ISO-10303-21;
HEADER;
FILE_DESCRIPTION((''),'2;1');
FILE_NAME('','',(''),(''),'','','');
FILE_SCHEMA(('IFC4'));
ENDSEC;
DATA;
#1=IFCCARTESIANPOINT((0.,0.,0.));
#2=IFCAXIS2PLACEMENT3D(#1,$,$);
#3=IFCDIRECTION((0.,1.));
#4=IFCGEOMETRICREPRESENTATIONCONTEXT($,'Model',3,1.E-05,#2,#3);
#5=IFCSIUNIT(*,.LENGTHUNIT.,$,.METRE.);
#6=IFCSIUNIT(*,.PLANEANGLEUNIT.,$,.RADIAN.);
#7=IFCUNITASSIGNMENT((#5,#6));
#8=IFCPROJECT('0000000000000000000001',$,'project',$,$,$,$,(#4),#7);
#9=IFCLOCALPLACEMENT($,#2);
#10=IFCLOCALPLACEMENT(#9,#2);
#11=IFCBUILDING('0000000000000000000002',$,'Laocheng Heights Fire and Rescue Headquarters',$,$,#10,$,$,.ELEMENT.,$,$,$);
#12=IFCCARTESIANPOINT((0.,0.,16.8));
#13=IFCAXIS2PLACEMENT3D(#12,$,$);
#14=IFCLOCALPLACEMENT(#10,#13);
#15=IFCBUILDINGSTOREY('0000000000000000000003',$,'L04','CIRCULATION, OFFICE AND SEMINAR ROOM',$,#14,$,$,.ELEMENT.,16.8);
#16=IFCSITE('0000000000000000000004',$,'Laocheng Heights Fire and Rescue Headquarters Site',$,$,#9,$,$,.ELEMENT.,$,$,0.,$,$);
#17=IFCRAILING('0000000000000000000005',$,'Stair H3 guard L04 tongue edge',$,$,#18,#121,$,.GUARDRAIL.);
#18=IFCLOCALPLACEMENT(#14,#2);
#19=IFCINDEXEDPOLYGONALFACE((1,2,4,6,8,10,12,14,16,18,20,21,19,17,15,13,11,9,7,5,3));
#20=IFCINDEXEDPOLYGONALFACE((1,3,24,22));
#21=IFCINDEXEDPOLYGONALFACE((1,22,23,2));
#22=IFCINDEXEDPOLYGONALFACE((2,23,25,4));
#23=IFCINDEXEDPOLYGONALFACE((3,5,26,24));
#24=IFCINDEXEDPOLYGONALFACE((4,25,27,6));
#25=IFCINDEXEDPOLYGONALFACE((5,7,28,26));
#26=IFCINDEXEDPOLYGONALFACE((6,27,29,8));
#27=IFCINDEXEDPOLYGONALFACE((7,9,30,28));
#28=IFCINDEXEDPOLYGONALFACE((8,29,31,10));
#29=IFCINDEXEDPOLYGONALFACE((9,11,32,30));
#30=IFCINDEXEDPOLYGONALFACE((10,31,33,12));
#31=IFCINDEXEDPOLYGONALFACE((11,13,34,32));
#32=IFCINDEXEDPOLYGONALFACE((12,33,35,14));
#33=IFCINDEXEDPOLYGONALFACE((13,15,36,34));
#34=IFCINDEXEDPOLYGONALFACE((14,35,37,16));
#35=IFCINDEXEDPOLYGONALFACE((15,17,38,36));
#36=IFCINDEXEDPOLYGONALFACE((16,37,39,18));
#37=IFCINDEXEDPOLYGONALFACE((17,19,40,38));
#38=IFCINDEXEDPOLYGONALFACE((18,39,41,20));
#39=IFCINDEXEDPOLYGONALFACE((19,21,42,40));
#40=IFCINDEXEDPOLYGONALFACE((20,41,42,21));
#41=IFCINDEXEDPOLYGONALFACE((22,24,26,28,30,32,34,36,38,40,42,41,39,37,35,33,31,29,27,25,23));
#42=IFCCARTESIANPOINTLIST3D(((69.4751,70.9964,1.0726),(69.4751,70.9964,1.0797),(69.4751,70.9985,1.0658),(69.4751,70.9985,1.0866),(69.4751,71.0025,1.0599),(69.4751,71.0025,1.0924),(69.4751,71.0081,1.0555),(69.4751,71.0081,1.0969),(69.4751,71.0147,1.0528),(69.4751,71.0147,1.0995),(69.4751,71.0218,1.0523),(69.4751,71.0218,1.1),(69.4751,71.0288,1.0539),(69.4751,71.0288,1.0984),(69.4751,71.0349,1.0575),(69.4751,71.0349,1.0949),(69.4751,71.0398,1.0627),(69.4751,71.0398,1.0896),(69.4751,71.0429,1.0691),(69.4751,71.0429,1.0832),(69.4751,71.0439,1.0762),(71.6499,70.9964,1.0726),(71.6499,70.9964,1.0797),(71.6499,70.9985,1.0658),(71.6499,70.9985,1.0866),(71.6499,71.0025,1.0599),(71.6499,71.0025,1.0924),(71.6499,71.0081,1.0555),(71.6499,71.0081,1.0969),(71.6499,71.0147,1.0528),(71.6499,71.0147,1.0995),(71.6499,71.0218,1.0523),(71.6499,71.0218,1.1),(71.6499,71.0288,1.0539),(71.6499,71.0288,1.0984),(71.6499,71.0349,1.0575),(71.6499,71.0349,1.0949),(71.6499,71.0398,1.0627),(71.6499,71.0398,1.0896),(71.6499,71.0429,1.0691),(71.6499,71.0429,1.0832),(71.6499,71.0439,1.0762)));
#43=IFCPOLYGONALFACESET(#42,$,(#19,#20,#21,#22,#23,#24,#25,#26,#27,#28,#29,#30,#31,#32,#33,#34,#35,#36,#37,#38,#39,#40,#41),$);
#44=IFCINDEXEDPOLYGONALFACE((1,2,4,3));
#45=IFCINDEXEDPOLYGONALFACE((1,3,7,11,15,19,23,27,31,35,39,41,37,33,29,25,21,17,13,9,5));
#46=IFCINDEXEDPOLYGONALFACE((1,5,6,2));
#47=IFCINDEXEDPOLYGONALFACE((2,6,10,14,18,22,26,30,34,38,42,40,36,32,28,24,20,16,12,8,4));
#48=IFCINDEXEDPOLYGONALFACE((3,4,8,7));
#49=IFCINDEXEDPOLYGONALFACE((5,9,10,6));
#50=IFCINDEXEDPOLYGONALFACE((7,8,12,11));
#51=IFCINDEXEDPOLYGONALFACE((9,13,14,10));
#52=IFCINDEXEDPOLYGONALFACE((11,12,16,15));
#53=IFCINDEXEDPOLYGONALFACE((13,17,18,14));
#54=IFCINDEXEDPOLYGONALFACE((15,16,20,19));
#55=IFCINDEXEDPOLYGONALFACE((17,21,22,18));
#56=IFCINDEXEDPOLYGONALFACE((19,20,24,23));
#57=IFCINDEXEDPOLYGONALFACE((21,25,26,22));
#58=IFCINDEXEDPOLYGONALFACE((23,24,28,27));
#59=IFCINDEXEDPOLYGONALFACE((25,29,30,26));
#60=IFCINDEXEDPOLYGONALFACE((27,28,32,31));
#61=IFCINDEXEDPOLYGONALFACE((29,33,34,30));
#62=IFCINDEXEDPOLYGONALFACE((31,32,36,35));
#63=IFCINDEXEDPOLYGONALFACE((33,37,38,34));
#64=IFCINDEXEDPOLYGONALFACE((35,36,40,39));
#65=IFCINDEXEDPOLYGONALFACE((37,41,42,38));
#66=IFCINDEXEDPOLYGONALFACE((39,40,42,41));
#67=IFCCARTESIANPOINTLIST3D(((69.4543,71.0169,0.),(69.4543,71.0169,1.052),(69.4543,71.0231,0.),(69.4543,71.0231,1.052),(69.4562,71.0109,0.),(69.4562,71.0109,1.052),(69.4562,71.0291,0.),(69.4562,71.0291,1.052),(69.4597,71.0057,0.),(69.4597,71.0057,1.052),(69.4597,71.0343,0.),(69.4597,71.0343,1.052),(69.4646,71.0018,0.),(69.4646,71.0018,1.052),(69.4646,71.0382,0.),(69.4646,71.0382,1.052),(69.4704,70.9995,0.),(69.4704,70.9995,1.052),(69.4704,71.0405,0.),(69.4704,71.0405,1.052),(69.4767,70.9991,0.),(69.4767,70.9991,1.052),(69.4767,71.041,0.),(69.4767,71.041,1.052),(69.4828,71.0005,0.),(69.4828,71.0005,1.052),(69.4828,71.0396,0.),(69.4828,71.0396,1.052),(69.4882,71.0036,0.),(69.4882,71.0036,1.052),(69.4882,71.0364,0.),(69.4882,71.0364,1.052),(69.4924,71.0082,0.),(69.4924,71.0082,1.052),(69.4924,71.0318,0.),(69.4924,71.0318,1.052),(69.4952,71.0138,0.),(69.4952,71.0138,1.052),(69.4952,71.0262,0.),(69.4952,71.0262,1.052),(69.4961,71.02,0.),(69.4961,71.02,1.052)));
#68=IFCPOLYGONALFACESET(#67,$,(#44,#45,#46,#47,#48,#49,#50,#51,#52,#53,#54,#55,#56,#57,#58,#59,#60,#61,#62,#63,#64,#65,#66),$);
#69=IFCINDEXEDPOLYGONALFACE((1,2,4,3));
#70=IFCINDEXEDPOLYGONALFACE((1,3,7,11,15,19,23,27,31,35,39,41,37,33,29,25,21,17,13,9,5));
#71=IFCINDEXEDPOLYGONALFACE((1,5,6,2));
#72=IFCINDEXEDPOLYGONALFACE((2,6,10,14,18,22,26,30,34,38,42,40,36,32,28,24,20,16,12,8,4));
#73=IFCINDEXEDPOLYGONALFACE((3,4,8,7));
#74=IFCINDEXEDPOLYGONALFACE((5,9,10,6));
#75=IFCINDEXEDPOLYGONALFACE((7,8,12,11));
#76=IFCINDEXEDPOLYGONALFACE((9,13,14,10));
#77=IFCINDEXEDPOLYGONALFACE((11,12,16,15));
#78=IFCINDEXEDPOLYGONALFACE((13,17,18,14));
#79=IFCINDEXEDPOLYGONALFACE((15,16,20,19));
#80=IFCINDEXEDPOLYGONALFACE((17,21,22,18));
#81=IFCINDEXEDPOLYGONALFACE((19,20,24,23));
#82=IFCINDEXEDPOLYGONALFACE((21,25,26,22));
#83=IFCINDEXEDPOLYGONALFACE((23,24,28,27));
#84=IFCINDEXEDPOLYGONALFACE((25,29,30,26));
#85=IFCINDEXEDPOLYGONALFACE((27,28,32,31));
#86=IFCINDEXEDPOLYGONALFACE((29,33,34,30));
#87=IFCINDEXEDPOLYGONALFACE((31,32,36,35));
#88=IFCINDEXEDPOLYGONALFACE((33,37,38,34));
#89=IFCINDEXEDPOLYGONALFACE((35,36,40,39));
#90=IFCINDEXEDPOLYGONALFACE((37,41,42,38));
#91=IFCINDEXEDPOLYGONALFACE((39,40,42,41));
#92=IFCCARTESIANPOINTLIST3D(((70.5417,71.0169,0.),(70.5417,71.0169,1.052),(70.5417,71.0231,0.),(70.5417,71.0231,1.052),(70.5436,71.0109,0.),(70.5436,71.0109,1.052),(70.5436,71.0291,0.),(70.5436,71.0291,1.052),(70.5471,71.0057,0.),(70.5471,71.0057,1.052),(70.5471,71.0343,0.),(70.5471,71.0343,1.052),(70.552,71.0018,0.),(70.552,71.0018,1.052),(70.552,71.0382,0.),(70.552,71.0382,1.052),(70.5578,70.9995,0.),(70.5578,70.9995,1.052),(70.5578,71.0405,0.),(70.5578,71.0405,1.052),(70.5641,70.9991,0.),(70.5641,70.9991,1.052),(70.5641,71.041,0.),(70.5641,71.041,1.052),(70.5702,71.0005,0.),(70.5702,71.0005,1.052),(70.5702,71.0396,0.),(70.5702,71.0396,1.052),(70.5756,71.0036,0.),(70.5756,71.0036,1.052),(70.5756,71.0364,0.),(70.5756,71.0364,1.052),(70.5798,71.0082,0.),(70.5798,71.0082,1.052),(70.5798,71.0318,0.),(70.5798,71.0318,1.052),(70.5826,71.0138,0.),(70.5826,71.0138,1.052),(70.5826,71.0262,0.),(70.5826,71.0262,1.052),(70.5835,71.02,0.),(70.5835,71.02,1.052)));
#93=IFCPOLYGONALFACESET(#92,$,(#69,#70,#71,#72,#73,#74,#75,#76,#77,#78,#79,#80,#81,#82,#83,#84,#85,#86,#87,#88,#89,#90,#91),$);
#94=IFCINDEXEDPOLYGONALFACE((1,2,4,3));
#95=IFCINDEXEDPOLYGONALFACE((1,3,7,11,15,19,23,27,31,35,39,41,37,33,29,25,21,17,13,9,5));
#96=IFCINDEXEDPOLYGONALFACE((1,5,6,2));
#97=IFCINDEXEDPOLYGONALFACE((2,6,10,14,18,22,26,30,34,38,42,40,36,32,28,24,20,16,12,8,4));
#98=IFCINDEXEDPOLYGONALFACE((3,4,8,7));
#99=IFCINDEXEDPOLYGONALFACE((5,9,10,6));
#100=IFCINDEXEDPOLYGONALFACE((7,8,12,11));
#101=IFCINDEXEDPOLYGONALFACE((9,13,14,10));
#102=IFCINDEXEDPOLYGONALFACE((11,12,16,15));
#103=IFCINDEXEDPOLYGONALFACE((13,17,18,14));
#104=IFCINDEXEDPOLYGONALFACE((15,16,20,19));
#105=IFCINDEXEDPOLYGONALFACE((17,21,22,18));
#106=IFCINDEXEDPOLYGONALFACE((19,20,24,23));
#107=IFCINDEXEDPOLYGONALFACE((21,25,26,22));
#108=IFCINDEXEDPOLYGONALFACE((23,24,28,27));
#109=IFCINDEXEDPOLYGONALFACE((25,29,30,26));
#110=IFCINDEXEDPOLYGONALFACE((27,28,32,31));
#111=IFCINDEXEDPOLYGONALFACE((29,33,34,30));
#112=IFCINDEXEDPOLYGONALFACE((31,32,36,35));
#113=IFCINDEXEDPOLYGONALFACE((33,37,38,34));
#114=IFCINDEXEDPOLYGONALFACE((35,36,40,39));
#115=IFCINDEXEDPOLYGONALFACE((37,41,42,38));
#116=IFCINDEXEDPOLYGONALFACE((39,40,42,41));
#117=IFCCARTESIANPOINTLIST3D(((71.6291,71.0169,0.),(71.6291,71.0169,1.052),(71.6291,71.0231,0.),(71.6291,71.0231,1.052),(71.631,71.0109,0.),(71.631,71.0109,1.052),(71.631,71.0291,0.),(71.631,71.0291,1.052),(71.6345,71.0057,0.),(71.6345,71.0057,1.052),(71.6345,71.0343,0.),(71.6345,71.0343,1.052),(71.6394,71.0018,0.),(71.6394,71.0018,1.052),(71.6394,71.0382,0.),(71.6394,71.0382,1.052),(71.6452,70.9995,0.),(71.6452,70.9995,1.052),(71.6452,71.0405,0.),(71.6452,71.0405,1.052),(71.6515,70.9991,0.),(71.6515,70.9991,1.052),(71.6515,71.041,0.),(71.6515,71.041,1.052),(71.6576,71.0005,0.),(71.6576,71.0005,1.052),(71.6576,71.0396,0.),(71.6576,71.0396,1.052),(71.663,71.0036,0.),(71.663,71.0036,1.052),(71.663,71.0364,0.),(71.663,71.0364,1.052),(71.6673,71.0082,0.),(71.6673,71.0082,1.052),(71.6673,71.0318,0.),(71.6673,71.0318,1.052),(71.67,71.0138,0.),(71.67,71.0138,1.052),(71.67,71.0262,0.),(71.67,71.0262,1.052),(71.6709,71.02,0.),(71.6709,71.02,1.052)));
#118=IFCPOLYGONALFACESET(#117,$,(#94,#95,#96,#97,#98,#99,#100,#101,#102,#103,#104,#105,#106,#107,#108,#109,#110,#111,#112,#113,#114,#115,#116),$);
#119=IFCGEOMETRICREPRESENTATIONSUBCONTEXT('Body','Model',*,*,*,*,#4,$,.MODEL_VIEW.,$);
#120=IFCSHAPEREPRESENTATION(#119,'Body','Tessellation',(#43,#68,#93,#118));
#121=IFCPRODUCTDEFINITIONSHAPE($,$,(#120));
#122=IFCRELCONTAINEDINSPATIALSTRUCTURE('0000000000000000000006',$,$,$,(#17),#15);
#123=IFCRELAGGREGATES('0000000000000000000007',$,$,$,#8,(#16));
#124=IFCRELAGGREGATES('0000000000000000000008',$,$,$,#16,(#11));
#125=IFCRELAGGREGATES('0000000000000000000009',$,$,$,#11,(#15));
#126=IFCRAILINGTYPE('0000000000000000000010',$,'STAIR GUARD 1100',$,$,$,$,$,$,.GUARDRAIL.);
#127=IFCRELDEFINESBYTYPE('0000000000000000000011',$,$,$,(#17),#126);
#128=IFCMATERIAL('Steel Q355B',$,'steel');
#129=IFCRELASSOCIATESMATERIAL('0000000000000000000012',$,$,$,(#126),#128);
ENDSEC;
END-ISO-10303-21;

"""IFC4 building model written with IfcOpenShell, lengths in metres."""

from ifc_helpers import new_model, si_unit, direction, frame, origin, origin_2d, place, context, subcontext, project, spatial, circle, extrude, material, type_object, element, save


model = new_model("IFC4")

# Units and contexts
model_context = context("Model", 3, precision=1e-05, world=origin(), true_north=direction((0.0, 1.0)))
body_context = subcontext(model_context, "Body", "Model", "MODEL_VIEW")
ifc_project = project(units=[si_unit("LENGTHUNIT", "METRE"), si_unit("PLANEANGLEUNIT", "RADIAN")], contexts=[model_context])

# Site, building, storey
site_placement = place(None, origin())
site = spatial("IfcSite", under=ifc_project, at=site_placement, Name="Laocheng Heights Fire and Rescue Headquarters Site", CompositionType="ELEMENT", RefElevation=0.0)
building_placement = place(site_placement, origin())
building = spatial("IfcBuilding", under=site, at=building_placement, Name="Laocheng Heights Fire and Rescue Headquarters", CompositionType="ELEMENT")
storey_placement = place(building_placement, frame((0.0, 0.0, 16.8)))
storey = spatial("IfcBuildingStorey", under=building, at=storey_placement, Name="L04", Description="CIRCULATION, OFFICE AND SEMINAR ROOM", CompositionType="ELEMENT", Elevation=16.8)

# Railing
ifc_material_1 = material(Name="Steel Q355B", Category="steel")
railing_type_1 = type_object("IfcRailingType", Name="STAIR GUARD 1100", PredefinedType="GUARDRAIL", material=ifc_material_1)
railing_1_placement = place(storey_placement, frame((69.4751, 71.02, 0.0)))
element("IfcRailing", 1, at=railing_1_placement, inside=storey, type_object=railing_type_1, Name="Stair H3 guard L04 tongue edge", PredefinedType="GUARDRAIL", context=body_context, shape_type="SweptSolid", body=[
    extrude(circle(Radius=0.0239, at=origin_2d()), frame((0.0, 0.0, 1.0762), z_axis=(1.0, 0.0, 0.0), x_axis=(0.0, 1.0, 0.0)), (0.0, 0.0, 1.0), 2.1748),
    extrude(circle(Radius=0.021, at=origin_2d()), origin(), (0.0, 0.0, 1.0), 1.052),
    extrude(circle(Radius=0.021, at=origin_2d()), frame((1.0874, 0.0, 0.0)), (0.0, 0.0, 1.0), 1.052),
    extrude(circle(Radius=0.021, at=origin_2d()), frame((2.1748, 0.0, 0.0)), (0.0, 0.0, 1.0), 1.052),
])

save(model, "model.ifc")
